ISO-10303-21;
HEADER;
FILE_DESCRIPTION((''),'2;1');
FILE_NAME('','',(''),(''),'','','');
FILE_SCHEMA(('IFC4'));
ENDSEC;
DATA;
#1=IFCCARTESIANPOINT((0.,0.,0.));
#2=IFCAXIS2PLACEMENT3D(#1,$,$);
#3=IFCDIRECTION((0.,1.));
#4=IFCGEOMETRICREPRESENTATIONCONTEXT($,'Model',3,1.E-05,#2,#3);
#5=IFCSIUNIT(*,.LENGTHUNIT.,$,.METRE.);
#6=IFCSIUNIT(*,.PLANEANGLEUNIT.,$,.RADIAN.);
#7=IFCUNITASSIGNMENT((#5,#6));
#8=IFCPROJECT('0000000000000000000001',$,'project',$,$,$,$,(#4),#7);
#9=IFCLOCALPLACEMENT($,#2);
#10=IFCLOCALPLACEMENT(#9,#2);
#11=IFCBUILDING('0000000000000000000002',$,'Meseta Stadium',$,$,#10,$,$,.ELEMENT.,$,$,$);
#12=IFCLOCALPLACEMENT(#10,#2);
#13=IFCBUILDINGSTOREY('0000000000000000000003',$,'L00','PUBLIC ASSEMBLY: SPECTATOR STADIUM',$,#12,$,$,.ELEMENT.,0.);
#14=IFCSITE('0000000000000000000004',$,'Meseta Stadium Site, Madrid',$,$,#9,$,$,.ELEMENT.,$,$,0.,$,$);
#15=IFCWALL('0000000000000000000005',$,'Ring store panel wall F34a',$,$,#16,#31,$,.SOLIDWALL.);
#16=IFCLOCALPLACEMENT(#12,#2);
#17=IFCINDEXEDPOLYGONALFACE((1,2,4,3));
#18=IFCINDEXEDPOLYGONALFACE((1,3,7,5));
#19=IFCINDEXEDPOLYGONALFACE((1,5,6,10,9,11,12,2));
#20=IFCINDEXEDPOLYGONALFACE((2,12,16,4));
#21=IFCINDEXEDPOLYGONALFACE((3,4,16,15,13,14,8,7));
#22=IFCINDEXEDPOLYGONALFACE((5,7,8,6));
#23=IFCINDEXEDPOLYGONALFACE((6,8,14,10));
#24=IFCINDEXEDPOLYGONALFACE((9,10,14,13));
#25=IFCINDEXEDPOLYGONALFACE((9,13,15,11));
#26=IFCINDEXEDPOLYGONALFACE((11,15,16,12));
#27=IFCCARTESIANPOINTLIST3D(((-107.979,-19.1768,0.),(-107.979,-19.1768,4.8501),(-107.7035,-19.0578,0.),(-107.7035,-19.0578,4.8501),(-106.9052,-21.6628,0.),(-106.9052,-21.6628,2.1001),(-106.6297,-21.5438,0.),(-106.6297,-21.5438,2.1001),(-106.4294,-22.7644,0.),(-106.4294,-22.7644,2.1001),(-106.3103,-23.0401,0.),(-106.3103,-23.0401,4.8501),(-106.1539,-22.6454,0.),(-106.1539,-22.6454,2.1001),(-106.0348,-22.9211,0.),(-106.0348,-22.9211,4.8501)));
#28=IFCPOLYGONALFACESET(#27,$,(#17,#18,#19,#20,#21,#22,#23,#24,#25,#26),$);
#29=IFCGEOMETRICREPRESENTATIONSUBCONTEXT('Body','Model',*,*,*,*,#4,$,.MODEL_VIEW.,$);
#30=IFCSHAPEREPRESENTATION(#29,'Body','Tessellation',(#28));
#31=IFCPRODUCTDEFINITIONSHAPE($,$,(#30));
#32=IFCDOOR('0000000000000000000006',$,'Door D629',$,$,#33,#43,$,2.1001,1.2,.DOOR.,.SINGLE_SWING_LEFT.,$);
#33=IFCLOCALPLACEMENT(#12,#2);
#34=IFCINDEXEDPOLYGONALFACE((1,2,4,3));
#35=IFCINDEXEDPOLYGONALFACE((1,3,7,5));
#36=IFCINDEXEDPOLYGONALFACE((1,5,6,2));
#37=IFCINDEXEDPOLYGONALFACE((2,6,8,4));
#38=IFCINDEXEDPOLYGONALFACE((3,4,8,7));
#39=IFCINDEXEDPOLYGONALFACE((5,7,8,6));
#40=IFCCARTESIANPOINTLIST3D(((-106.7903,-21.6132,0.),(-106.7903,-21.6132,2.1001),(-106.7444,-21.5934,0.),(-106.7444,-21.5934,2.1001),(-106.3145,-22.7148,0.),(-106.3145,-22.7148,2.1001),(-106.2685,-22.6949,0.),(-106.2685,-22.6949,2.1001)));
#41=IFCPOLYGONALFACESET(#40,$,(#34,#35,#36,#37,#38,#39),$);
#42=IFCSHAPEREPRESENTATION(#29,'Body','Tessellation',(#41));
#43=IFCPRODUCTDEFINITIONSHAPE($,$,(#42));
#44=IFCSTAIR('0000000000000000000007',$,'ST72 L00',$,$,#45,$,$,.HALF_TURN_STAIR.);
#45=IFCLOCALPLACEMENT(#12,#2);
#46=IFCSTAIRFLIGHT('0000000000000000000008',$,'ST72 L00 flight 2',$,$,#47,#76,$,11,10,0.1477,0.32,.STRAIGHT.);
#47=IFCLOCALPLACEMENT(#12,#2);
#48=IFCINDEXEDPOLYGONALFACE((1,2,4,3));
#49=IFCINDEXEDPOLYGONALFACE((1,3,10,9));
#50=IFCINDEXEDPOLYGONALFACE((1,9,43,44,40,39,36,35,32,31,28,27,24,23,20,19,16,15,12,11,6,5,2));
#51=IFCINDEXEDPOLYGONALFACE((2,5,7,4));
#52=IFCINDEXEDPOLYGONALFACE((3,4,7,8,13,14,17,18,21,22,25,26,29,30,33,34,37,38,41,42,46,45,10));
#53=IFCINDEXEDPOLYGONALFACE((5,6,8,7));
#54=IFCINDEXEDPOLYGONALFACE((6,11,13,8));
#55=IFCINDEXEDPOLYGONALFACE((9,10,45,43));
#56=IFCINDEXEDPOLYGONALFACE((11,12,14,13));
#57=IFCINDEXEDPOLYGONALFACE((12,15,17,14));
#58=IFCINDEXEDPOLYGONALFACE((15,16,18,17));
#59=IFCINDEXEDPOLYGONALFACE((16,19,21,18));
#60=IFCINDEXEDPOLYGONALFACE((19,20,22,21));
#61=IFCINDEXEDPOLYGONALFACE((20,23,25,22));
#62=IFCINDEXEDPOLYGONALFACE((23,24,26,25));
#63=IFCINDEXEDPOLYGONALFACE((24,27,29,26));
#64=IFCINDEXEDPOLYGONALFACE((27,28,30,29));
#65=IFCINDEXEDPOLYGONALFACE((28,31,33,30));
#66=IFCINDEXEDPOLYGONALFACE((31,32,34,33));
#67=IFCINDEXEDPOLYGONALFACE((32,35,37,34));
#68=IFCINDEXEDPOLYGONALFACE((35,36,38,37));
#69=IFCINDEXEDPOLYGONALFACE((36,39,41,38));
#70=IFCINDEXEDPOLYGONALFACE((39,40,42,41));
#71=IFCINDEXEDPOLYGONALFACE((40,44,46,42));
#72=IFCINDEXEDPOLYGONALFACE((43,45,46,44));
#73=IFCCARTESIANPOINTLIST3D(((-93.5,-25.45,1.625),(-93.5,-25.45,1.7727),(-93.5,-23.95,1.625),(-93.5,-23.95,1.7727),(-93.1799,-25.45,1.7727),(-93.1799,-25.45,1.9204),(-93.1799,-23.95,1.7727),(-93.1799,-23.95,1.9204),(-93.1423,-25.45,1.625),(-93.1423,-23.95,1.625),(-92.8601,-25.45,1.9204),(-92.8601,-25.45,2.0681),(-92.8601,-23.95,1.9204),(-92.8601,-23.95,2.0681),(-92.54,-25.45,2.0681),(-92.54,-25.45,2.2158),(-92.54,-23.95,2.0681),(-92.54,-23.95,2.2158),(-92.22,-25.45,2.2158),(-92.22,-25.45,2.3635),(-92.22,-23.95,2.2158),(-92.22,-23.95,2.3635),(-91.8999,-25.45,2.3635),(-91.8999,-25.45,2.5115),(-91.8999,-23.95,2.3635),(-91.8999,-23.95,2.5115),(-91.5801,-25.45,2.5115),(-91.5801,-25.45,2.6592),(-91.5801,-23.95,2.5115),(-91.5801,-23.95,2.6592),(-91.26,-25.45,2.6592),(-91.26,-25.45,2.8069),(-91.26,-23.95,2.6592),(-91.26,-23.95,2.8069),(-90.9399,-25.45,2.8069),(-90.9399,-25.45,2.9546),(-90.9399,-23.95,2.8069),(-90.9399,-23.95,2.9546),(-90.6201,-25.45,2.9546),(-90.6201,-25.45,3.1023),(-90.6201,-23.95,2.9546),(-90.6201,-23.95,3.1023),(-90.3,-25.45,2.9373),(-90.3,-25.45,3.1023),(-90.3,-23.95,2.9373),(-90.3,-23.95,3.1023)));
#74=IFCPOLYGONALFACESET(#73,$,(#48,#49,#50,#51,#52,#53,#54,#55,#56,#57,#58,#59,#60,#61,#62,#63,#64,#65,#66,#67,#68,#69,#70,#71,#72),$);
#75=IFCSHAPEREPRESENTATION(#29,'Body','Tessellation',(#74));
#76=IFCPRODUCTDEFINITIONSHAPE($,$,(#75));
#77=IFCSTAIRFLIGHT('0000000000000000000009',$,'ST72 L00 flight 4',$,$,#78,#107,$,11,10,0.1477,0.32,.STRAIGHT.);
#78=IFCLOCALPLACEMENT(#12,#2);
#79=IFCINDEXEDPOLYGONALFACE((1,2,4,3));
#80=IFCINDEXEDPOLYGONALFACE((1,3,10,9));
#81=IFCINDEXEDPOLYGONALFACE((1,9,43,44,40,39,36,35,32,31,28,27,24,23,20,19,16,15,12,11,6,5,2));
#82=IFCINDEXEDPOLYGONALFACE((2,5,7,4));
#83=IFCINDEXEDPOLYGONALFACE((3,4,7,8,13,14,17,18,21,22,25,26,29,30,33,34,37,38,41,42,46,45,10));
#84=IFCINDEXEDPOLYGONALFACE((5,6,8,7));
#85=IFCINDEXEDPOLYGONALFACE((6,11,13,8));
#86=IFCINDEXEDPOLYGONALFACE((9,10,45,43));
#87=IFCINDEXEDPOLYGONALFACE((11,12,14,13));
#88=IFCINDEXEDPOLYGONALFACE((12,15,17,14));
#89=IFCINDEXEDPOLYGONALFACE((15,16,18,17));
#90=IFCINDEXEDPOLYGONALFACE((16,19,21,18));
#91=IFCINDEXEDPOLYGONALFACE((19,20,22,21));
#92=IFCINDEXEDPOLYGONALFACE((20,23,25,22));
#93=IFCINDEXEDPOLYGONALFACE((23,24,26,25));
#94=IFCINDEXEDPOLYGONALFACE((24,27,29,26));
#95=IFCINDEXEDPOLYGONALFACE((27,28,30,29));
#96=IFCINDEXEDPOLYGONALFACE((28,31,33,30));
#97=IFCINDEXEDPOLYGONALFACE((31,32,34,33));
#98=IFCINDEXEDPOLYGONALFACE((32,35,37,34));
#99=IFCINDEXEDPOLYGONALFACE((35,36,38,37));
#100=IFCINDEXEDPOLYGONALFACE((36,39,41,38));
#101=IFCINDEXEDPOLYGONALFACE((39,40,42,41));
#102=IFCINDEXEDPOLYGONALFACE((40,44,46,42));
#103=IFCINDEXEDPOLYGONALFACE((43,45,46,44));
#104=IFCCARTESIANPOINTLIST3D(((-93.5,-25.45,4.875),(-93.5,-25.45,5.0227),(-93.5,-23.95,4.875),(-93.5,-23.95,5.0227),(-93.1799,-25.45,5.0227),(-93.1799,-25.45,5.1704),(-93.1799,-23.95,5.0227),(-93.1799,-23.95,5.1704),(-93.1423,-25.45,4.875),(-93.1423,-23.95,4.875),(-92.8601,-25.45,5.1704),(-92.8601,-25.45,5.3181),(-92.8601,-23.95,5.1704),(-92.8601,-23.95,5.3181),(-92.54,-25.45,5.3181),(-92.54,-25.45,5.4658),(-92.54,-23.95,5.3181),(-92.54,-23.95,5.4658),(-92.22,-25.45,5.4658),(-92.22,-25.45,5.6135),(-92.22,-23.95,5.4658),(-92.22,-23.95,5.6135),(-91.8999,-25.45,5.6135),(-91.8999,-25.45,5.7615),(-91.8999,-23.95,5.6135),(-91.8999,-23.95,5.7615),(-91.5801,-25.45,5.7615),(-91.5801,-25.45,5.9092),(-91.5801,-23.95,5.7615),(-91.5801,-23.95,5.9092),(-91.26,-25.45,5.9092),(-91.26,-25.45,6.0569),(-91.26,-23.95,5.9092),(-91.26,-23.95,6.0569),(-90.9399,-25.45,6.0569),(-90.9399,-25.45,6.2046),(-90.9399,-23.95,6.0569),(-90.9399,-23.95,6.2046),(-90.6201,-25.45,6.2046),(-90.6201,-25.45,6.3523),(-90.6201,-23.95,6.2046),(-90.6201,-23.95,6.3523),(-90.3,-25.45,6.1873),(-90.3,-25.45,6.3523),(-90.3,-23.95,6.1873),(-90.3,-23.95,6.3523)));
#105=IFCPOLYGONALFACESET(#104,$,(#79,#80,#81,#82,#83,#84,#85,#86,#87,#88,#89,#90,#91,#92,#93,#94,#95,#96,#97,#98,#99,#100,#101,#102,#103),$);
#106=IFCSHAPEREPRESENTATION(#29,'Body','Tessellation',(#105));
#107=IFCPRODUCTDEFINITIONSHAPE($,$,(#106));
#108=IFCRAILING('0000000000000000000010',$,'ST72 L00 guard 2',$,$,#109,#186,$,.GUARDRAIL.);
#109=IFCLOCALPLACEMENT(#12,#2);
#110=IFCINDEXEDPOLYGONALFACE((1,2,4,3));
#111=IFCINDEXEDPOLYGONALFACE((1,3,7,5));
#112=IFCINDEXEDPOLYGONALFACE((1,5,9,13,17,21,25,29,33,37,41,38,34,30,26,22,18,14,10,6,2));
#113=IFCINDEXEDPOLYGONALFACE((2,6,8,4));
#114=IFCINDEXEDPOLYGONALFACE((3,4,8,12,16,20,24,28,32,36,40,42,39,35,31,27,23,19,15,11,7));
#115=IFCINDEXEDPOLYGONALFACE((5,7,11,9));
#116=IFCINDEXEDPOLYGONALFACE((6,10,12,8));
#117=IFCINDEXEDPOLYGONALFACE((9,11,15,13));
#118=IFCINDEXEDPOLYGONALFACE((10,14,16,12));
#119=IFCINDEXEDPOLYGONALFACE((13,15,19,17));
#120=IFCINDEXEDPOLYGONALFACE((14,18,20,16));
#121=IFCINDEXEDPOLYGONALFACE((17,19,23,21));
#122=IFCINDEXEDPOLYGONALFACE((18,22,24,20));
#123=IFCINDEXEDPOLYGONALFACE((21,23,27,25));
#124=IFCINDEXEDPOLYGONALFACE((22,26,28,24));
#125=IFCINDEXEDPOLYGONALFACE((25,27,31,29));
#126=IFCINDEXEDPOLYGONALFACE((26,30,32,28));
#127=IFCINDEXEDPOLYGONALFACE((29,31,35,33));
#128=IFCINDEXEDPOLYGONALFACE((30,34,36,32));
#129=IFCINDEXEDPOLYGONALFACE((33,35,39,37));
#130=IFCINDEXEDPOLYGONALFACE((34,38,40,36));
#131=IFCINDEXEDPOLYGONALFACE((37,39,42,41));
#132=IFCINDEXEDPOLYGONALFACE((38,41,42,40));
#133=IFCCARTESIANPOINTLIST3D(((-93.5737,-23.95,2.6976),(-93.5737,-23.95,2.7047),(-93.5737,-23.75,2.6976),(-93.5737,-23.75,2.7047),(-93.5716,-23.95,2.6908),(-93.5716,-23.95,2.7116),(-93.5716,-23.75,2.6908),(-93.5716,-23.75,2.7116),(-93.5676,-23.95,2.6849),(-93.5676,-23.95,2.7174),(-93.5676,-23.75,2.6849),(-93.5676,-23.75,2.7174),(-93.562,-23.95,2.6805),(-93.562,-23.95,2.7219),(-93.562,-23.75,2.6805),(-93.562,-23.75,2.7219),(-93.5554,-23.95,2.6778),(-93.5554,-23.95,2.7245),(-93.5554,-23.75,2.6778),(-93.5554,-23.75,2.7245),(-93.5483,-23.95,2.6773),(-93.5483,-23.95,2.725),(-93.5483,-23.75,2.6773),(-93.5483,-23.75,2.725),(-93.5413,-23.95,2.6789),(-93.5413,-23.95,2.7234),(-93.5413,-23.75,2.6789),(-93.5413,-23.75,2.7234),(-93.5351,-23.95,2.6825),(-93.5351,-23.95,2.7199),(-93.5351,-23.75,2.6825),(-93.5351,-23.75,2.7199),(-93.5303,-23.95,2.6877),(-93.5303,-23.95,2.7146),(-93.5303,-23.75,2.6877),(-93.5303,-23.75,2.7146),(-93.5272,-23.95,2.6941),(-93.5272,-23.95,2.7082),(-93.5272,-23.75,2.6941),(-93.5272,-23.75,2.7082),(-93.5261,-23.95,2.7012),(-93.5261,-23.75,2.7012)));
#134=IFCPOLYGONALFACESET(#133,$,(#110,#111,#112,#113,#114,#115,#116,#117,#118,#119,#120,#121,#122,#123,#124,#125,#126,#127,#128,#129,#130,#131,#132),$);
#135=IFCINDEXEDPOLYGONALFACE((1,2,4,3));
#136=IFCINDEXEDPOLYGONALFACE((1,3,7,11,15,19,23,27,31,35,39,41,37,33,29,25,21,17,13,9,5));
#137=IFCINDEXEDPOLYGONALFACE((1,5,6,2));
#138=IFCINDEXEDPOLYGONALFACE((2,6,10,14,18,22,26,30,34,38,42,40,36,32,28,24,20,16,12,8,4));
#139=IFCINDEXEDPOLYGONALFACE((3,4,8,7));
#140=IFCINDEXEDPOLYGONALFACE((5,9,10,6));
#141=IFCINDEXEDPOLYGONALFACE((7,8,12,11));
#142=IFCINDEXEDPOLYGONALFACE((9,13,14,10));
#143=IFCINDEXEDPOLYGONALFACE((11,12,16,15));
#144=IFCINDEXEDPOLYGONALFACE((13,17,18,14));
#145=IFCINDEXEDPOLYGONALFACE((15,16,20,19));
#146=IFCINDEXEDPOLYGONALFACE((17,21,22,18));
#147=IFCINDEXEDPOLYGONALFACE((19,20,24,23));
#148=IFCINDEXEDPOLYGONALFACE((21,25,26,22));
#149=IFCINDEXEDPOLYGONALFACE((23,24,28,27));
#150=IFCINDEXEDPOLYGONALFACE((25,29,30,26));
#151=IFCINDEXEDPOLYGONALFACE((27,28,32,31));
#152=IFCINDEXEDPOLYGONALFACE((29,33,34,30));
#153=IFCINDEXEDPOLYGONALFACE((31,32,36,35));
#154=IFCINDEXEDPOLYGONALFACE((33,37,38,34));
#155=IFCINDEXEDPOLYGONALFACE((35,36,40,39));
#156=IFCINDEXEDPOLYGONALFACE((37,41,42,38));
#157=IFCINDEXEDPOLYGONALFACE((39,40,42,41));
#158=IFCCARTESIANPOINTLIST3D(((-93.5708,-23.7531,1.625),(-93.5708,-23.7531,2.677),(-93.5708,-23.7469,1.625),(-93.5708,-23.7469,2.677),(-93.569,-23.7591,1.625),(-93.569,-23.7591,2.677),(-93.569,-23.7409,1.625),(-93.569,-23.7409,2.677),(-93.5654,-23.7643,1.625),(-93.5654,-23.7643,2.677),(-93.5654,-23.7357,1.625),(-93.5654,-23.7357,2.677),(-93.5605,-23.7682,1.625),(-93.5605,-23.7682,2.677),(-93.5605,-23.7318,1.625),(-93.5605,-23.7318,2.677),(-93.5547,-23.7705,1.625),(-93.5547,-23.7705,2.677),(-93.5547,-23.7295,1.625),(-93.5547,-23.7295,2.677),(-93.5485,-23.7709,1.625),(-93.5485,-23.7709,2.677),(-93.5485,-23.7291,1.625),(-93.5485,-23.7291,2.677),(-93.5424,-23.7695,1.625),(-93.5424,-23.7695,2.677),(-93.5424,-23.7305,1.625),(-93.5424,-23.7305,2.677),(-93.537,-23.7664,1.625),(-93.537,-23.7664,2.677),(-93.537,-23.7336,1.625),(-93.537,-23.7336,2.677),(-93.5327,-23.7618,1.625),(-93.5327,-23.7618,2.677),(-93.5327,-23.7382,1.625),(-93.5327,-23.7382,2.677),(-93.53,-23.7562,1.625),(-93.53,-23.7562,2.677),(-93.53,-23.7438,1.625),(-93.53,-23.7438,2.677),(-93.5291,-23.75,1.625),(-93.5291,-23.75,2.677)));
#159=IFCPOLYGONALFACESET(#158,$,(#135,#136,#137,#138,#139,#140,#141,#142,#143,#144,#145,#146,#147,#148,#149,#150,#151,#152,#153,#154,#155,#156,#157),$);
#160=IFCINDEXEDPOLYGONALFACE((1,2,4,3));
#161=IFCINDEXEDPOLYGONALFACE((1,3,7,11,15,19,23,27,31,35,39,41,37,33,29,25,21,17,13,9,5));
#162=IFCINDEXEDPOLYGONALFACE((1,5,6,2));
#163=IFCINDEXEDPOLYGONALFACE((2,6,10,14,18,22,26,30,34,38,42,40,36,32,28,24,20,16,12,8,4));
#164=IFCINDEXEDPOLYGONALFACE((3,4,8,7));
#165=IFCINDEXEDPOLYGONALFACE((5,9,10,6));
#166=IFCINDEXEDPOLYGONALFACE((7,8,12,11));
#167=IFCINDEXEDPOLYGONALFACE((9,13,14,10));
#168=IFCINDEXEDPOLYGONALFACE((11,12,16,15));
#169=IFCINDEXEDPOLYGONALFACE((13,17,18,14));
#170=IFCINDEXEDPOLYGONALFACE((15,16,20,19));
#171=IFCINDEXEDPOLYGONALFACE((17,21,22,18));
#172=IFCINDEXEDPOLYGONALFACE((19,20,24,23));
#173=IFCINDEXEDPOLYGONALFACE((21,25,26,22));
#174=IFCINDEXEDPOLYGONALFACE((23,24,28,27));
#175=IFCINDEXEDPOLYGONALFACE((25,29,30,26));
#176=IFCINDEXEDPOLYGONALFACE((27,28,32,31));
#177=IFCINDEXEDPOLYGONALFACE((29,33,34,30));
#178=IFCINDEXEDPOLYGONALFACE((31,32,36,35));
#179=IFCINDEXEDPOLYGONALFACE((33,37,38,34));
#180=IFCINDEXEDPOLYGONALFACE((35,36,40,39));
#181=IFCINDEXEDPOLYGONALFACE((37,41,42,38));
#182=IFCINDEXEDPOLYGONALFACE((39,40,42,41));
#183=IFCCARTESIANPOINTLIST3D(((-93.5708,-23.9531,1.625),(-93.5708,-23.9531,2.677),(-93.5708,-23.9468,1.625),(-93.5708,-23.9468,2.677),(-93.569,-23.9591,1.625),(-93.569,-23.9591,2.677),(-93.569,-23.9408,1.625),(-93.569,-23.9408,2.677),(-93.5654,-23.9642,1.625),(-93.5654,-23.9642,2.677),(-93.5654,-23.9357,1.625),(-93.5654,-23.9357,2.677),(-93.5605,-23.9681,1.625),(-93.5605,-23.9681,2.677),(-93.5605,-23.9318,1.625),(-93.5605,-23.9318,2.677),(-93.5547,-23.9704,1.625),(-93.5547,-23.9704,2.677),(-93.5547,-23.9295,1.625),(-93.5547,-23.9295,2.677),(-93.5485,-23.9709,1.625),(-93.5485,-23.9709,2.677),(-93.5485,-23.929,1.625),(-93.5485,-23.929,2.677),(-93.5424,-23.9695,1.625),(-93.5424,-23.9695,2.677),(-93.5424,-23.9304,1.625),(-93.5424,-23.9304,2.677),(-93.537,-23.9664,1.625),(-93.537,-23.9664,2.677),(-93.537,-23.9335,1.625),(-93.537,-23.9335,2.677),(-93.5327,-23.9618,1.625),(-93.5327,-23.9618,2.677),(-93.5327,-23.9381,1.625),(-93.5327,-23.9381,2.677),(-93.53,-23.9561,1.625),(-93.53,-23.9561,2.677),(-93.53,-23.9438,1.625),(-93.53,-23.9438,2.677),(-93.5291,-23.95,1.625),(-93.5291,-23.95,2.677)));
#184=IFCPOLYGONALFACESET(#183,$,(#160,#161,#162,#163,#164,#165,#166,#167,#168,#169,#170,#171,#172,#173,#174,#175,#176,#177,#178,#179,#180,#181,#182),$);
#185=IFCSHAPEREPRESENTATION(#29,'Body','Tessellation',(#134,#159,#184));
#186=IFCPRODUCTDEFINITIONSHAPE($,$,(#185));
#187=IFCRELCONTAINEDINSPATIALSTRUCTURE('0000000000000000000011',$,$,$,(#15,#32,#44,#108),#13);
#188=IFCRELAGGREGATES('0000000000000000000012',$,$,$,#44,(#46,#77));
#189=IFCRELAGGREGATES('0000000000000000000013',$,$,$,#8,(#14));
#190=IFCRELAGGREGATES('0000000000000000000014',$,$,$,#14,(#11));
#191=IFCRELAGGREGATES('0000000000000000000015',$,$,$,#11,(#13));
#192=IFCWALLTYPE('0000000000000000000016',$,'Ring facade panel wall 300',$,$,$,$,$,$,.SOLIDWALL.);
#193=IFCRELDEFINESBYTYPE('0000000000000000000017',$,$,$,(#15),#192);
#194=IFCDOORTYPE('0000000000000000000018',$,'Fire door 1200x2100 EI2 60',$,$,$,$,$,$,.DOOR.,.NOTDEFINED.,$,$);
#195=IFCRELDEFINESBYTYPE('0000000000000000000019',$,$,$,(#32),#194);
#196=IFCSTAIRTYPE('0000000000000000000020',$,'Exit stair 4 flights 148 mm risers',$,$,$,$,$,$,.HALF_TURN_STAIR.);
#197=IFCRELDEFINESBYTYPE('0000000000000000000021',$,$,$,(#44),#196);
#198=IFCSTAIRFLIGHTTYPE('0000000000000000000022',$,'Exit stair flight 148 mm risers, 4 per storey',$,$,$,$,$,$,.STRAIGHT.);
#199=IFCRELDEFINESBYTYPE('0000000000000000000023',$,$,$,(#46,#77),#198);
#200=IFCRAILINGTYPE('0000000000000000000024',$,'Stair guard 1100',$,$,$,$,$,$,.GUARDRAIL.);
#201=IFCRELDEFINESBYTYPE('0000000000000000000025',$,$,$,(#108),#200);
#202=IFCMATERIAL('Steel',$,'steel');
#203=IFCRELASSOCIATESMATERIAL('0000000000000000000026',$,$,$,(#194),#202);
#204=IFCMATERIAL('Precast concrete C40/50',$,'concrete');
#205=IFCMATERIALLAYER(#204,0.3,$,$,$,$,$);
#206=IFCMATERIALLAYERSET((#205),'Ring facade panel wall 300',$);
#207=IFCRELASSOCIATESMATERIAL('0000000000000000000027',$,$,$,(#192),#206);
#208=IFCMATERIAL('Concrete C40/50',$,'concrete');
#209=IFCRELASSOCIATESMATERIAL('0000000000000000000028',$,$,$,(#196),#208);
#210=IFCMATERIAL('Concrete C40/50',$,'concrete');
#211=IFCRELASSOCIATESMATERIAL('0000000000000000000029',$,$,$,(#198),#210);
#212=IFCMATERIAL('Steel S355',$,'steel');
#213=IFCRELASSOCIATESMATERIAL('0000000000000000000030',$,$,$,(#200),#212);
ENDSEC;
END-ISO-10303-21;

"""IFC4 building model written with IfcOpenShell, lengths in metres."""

from ifc_helpers import new_model, si_unit, direction, frame, frame_2d, origin, origin_2d, place, context, subcontext, project, spatial, polyline, rectangle, circle, outline, extrude, material, layer, layer_set, type_object, element, fill, aggregate, save


model = new_model("IFC4")

# Units and contexts
model_context = context("Model", 3, precision=1e-05, world=origin(), true_north=direction((0.0, 1.0)))
body_context = subcontext(model_context, "Body", "Model", "MODEL_VIEW")
ifc_project = project(units=[si_unit("LENGTHUNIT", "METRE"), si_unit("PLANEANGLEUNIT", "RADIAN")], contexts=[model_context])

# Site, building, storey
site_placement = place(None, origin())
site = spatial("IfcSite", under=ifc_project, at=site_placement, Name="Meseta Stadium Site, Madrid", CompositionType="ELEMENT", RefElevation=0.0)
building_placement = place(site_placement, origin())
building = spatial("IfcBuilding", under=site, at=building_placement, Name="Meseta Stadium", CompositionType="ELEMENT")
storey_placement = place(building_placement, origin())
storey = spatial("IfcBuildingStorey", under=building, at=storey_placement, Name="L00", Description="PUBLIC ASSEMBLY: SPECTATOR STADIUM", CompositionType="ELEMENT", Elevation=0.0)

# Shared definitions
ifc_material_1 = material(Name="Steel", Category="steel")
door_type_1 = type_object("IfcDoorType", Name="Fire door 1200x2100 EI2 60", OperationType="NOTDEFINED", PredefinedType="DOOR", material=ifc_material_1)

# Wall, opening, door
ifc_material_2 = material(Name="Precast concrete C40/50", Category="concrete")
ifc_layer_1 = layer(ifc_material_2, 0.3)
ifc_layer_set_1 = layer_set([ifc_layer_1], Name="Ring facade panel wall 300")
wall_type_1 = type_object("IfcWallType", Name="Ring facade panel wall 300", PredefinedType="SOLIDWALL", material=ifc_layer_set_1)
wall_1_placement = place(storey_placement, frame((-106.1726, -22.9805, 0.0), z_axis=(0.0, 0.0, 1.0), x_axis=(-0.396529, 0.918022, 0.0)))
wall_1 = element("IfcWall", 1, at=wall_1_placement, inside=storey, type_object=wall_type_1, Name="Ring store panel wall F34a", PredefinedType="SOLIDWALL", context=body_context, shape_type="SweptSolid", body=[
    extrude(rectangle(XDim=4.2083, YDim=0.3, at=frame_2d((2.104, 0.0))), origin(), (0.0, 0.0, 1.0), 4.8501),
])
opening_1_placement = place(wall_1_placement, frame((0.3, 0.0, 0.0)))
opening_1 = element("IfcOpeningElement", 2, at=opening_1_placement, cuts=wall_1, PredefinedType="OPENING", context=body_context, shape_type="SweptSolid", body=[
    extrude(rectangle(XDim=1.2, YDim=2.1001, at=frame_2d((0.6001, 1.05))), frame((0.0, 0.1599, 0.0), z_axis=(0.0, -1.0, 0.0), x_axis=(1.0, 0.0, 0.0)), (0.0, 0.0, 1.0), 0.3201),
])
door_1_placement = place(opening_1_placement, origin())
door_1 = element("IfcDoor", 3, at=door_1_placement, inside=storey, type_object=door_type_1, Name="Door D629", OperationType="SINGLE_SWING_LEFT", OverallHeight=2.1001, OverallWidth=1.2, PredefinedType="DOOR", context=body_context, shape_type="SweptSolid", body=[
    extrude(rectangle(XDim=1.2, YDim=2.1001, at=frame_2d((0.6001, 1.05))), frame((0.0, 0.0249, 0.0), z_axis=(0.0, -1.0, 0.0), x_axis=(1.0, 0.0, 0.0)), (0.0, 0.0, 1.0), 0.05),
])
fill(opening_1, door_1)

# Stair, stair flights
ifc_material_3 = material(Name="Concrete C40/50", Category="concrete")
stair_type = type_object("IfcStairType", Name="Exit stair 4 flights 148 mm risers", PredefinedType="HALF_TURN_STAIR", material=ifc_material_3)
stair_placement = place(storey_placement, origin())
stair = element("IfcStair", 4, at=stair_placement, inside=storey, type_object=stair_type, Name="ST72 L00", PredefinedType="HALF_TURN_STAIR")
ifc_material_4 = material(Name="Concrete C40/50", Category="concrete")
stair_flight_type = type_object("IfcStairFlightType", Name="Exit stair flight 148 mm risers, 4 per storey", PredefinedType="STRAIGHT", material=ifc_material_4)
stair_flight_1_placement = place(storey_placement, frame((-93.5, -24.7, 1.625), z_axis=(0.0, 0.0, 1.0), x_axis=(1.0, 0.0, 0.0)))
stair_flight_1 = element("IfcStairFlight", 5, at=stair_flight_1_placement, type_object=stair_flight_type, Name="ST72 L00 flight 2", NumberOfRisers=11, NumberOfTreads=10, PredefinedType="STRAIGHT", RiserHeight=0.1477, TreadLength=0.32, context=body_context, shape_type="SweptSolid", body=[
    extrude(outline(polyline([(0.0, 0.0), (0.0, 0.1477), (0.3201, 0.1477), (0.3201, 0.2954), (0.6399, 0.2954), (0.6399, 0.4431), (0.96, 0.4431), (0.96, 0.5908), (1.28, 0.5908), (1.28, 0.7385), (1.6001, 0.7385), (1.6001, 0.8865), (1.9199, 0.8865), (1.9199, 1.0342), (2.24, 1.0342), (2.24, 1.1819), (2.5601, 1.1819), (2.5601, 1.3296), (2.8799, 1.3296), (2.8799, 1.4773), (3.2, 1.4773), (3.2, 1.3123), (0.3577, 0.0), (0.0, 0.0)])), frame((0.0, 0.75, 0.0), z_axis=(0.0, -1.0, 0.0), x_axis=(1.0, 0.0, 0.0)), (0.0, 0.0, 1.0), 1.5),
])
stair_flight_2_placement = place(storey_placement, frame((-93.5, -24.7, 4.875), z_axis=(0.0, 0.0, 1.0), x_axis=(1.0, 0.0, 0.0)))
stair_flight_2 = element("IfcStairFlight", 6, at=stair_flight_2_placement, type_object=stair_flight_type, Name="ST72 L00 flight 4", NumberOfRisers=11, NumberOfTreads=10, PredefinedType="STRAIGHT", RiserHeight=0.1477, TreadLength=0.32, context=body_context, shape_type="SweptSolid", body=[
    extrude(outline(polyline([(0.0, 0.0), (0.0, 0.1477), (0.3201, 0.1477), (0.3201, 0.2954), (0.6399, 0.2954), (0.6399, 0.4431), (0.96, 0.4431), (0.96, 0.5908), (1.28, 0.5908), (1.28, 0.7385), (1.6001, 0.7385), (1.6001, 0.8865), (1.9199, 0.8865), (1.9199, 1.0342), (2.24, 1.0342), (2.24, 1.1819), (2.5601, 1.1819), (2.5601, 1.3296), (2.8799, 1.3296), (2.8799, 1.4773), (3.2, 1.4773), (3.2, 1.3123), (0.3577, 0.0), (0.0, 0.0)])), frame((0.0, 0.75, 0.0), z_axis=(0.0, -1.0, 0.0), x_axis=(1.0, 0.0, 0.0)), (0.0, 0.0, 1.0), 1.5),
])
aggregate(stair, [stair_flight_1, stair_flight_2])

# Railing
ifc_material_5 = material(Name="Steel S355", Category="steel")
railing_type_1 = type_object("IfcRailingType", Name="Stair guard 1100", PredefinedType="GUARDRAIL", material=ifc_material_5)
railing_1_placement = place(storey_placement, frame((-93.55, -23.75, 1.625)))
element("IfcRailing", 7, at=railing_1_placement, inside=storey, type_object=railing_type_1, Name="ST72 L00 guard 2", PredefinedType="GUARDRAIL", context=body_context, shape_type="SweptSolid", body=[
    extrude(circle(Radius=0.0239, at=origin_2d()), frame((0.0, 0.0, 1.0762), z_axis=(0.0, -1.0, 0.0), x_axis=(1.0, 0.0, 0.0)), (0.0, 0.0, 1.0), 0.2),
    extrude(circle(Radius=0.021, at=origin_2d()), origin(), (0.0, 0.0, 1.0), 1.052),
    extrude(circle(Radius=0.021, at=origin_2d()), frame((0.0, -0.2, 0.0)), (0.0, 0.0, 1.0), 1.052),
])

save(model, "model.ifc")
